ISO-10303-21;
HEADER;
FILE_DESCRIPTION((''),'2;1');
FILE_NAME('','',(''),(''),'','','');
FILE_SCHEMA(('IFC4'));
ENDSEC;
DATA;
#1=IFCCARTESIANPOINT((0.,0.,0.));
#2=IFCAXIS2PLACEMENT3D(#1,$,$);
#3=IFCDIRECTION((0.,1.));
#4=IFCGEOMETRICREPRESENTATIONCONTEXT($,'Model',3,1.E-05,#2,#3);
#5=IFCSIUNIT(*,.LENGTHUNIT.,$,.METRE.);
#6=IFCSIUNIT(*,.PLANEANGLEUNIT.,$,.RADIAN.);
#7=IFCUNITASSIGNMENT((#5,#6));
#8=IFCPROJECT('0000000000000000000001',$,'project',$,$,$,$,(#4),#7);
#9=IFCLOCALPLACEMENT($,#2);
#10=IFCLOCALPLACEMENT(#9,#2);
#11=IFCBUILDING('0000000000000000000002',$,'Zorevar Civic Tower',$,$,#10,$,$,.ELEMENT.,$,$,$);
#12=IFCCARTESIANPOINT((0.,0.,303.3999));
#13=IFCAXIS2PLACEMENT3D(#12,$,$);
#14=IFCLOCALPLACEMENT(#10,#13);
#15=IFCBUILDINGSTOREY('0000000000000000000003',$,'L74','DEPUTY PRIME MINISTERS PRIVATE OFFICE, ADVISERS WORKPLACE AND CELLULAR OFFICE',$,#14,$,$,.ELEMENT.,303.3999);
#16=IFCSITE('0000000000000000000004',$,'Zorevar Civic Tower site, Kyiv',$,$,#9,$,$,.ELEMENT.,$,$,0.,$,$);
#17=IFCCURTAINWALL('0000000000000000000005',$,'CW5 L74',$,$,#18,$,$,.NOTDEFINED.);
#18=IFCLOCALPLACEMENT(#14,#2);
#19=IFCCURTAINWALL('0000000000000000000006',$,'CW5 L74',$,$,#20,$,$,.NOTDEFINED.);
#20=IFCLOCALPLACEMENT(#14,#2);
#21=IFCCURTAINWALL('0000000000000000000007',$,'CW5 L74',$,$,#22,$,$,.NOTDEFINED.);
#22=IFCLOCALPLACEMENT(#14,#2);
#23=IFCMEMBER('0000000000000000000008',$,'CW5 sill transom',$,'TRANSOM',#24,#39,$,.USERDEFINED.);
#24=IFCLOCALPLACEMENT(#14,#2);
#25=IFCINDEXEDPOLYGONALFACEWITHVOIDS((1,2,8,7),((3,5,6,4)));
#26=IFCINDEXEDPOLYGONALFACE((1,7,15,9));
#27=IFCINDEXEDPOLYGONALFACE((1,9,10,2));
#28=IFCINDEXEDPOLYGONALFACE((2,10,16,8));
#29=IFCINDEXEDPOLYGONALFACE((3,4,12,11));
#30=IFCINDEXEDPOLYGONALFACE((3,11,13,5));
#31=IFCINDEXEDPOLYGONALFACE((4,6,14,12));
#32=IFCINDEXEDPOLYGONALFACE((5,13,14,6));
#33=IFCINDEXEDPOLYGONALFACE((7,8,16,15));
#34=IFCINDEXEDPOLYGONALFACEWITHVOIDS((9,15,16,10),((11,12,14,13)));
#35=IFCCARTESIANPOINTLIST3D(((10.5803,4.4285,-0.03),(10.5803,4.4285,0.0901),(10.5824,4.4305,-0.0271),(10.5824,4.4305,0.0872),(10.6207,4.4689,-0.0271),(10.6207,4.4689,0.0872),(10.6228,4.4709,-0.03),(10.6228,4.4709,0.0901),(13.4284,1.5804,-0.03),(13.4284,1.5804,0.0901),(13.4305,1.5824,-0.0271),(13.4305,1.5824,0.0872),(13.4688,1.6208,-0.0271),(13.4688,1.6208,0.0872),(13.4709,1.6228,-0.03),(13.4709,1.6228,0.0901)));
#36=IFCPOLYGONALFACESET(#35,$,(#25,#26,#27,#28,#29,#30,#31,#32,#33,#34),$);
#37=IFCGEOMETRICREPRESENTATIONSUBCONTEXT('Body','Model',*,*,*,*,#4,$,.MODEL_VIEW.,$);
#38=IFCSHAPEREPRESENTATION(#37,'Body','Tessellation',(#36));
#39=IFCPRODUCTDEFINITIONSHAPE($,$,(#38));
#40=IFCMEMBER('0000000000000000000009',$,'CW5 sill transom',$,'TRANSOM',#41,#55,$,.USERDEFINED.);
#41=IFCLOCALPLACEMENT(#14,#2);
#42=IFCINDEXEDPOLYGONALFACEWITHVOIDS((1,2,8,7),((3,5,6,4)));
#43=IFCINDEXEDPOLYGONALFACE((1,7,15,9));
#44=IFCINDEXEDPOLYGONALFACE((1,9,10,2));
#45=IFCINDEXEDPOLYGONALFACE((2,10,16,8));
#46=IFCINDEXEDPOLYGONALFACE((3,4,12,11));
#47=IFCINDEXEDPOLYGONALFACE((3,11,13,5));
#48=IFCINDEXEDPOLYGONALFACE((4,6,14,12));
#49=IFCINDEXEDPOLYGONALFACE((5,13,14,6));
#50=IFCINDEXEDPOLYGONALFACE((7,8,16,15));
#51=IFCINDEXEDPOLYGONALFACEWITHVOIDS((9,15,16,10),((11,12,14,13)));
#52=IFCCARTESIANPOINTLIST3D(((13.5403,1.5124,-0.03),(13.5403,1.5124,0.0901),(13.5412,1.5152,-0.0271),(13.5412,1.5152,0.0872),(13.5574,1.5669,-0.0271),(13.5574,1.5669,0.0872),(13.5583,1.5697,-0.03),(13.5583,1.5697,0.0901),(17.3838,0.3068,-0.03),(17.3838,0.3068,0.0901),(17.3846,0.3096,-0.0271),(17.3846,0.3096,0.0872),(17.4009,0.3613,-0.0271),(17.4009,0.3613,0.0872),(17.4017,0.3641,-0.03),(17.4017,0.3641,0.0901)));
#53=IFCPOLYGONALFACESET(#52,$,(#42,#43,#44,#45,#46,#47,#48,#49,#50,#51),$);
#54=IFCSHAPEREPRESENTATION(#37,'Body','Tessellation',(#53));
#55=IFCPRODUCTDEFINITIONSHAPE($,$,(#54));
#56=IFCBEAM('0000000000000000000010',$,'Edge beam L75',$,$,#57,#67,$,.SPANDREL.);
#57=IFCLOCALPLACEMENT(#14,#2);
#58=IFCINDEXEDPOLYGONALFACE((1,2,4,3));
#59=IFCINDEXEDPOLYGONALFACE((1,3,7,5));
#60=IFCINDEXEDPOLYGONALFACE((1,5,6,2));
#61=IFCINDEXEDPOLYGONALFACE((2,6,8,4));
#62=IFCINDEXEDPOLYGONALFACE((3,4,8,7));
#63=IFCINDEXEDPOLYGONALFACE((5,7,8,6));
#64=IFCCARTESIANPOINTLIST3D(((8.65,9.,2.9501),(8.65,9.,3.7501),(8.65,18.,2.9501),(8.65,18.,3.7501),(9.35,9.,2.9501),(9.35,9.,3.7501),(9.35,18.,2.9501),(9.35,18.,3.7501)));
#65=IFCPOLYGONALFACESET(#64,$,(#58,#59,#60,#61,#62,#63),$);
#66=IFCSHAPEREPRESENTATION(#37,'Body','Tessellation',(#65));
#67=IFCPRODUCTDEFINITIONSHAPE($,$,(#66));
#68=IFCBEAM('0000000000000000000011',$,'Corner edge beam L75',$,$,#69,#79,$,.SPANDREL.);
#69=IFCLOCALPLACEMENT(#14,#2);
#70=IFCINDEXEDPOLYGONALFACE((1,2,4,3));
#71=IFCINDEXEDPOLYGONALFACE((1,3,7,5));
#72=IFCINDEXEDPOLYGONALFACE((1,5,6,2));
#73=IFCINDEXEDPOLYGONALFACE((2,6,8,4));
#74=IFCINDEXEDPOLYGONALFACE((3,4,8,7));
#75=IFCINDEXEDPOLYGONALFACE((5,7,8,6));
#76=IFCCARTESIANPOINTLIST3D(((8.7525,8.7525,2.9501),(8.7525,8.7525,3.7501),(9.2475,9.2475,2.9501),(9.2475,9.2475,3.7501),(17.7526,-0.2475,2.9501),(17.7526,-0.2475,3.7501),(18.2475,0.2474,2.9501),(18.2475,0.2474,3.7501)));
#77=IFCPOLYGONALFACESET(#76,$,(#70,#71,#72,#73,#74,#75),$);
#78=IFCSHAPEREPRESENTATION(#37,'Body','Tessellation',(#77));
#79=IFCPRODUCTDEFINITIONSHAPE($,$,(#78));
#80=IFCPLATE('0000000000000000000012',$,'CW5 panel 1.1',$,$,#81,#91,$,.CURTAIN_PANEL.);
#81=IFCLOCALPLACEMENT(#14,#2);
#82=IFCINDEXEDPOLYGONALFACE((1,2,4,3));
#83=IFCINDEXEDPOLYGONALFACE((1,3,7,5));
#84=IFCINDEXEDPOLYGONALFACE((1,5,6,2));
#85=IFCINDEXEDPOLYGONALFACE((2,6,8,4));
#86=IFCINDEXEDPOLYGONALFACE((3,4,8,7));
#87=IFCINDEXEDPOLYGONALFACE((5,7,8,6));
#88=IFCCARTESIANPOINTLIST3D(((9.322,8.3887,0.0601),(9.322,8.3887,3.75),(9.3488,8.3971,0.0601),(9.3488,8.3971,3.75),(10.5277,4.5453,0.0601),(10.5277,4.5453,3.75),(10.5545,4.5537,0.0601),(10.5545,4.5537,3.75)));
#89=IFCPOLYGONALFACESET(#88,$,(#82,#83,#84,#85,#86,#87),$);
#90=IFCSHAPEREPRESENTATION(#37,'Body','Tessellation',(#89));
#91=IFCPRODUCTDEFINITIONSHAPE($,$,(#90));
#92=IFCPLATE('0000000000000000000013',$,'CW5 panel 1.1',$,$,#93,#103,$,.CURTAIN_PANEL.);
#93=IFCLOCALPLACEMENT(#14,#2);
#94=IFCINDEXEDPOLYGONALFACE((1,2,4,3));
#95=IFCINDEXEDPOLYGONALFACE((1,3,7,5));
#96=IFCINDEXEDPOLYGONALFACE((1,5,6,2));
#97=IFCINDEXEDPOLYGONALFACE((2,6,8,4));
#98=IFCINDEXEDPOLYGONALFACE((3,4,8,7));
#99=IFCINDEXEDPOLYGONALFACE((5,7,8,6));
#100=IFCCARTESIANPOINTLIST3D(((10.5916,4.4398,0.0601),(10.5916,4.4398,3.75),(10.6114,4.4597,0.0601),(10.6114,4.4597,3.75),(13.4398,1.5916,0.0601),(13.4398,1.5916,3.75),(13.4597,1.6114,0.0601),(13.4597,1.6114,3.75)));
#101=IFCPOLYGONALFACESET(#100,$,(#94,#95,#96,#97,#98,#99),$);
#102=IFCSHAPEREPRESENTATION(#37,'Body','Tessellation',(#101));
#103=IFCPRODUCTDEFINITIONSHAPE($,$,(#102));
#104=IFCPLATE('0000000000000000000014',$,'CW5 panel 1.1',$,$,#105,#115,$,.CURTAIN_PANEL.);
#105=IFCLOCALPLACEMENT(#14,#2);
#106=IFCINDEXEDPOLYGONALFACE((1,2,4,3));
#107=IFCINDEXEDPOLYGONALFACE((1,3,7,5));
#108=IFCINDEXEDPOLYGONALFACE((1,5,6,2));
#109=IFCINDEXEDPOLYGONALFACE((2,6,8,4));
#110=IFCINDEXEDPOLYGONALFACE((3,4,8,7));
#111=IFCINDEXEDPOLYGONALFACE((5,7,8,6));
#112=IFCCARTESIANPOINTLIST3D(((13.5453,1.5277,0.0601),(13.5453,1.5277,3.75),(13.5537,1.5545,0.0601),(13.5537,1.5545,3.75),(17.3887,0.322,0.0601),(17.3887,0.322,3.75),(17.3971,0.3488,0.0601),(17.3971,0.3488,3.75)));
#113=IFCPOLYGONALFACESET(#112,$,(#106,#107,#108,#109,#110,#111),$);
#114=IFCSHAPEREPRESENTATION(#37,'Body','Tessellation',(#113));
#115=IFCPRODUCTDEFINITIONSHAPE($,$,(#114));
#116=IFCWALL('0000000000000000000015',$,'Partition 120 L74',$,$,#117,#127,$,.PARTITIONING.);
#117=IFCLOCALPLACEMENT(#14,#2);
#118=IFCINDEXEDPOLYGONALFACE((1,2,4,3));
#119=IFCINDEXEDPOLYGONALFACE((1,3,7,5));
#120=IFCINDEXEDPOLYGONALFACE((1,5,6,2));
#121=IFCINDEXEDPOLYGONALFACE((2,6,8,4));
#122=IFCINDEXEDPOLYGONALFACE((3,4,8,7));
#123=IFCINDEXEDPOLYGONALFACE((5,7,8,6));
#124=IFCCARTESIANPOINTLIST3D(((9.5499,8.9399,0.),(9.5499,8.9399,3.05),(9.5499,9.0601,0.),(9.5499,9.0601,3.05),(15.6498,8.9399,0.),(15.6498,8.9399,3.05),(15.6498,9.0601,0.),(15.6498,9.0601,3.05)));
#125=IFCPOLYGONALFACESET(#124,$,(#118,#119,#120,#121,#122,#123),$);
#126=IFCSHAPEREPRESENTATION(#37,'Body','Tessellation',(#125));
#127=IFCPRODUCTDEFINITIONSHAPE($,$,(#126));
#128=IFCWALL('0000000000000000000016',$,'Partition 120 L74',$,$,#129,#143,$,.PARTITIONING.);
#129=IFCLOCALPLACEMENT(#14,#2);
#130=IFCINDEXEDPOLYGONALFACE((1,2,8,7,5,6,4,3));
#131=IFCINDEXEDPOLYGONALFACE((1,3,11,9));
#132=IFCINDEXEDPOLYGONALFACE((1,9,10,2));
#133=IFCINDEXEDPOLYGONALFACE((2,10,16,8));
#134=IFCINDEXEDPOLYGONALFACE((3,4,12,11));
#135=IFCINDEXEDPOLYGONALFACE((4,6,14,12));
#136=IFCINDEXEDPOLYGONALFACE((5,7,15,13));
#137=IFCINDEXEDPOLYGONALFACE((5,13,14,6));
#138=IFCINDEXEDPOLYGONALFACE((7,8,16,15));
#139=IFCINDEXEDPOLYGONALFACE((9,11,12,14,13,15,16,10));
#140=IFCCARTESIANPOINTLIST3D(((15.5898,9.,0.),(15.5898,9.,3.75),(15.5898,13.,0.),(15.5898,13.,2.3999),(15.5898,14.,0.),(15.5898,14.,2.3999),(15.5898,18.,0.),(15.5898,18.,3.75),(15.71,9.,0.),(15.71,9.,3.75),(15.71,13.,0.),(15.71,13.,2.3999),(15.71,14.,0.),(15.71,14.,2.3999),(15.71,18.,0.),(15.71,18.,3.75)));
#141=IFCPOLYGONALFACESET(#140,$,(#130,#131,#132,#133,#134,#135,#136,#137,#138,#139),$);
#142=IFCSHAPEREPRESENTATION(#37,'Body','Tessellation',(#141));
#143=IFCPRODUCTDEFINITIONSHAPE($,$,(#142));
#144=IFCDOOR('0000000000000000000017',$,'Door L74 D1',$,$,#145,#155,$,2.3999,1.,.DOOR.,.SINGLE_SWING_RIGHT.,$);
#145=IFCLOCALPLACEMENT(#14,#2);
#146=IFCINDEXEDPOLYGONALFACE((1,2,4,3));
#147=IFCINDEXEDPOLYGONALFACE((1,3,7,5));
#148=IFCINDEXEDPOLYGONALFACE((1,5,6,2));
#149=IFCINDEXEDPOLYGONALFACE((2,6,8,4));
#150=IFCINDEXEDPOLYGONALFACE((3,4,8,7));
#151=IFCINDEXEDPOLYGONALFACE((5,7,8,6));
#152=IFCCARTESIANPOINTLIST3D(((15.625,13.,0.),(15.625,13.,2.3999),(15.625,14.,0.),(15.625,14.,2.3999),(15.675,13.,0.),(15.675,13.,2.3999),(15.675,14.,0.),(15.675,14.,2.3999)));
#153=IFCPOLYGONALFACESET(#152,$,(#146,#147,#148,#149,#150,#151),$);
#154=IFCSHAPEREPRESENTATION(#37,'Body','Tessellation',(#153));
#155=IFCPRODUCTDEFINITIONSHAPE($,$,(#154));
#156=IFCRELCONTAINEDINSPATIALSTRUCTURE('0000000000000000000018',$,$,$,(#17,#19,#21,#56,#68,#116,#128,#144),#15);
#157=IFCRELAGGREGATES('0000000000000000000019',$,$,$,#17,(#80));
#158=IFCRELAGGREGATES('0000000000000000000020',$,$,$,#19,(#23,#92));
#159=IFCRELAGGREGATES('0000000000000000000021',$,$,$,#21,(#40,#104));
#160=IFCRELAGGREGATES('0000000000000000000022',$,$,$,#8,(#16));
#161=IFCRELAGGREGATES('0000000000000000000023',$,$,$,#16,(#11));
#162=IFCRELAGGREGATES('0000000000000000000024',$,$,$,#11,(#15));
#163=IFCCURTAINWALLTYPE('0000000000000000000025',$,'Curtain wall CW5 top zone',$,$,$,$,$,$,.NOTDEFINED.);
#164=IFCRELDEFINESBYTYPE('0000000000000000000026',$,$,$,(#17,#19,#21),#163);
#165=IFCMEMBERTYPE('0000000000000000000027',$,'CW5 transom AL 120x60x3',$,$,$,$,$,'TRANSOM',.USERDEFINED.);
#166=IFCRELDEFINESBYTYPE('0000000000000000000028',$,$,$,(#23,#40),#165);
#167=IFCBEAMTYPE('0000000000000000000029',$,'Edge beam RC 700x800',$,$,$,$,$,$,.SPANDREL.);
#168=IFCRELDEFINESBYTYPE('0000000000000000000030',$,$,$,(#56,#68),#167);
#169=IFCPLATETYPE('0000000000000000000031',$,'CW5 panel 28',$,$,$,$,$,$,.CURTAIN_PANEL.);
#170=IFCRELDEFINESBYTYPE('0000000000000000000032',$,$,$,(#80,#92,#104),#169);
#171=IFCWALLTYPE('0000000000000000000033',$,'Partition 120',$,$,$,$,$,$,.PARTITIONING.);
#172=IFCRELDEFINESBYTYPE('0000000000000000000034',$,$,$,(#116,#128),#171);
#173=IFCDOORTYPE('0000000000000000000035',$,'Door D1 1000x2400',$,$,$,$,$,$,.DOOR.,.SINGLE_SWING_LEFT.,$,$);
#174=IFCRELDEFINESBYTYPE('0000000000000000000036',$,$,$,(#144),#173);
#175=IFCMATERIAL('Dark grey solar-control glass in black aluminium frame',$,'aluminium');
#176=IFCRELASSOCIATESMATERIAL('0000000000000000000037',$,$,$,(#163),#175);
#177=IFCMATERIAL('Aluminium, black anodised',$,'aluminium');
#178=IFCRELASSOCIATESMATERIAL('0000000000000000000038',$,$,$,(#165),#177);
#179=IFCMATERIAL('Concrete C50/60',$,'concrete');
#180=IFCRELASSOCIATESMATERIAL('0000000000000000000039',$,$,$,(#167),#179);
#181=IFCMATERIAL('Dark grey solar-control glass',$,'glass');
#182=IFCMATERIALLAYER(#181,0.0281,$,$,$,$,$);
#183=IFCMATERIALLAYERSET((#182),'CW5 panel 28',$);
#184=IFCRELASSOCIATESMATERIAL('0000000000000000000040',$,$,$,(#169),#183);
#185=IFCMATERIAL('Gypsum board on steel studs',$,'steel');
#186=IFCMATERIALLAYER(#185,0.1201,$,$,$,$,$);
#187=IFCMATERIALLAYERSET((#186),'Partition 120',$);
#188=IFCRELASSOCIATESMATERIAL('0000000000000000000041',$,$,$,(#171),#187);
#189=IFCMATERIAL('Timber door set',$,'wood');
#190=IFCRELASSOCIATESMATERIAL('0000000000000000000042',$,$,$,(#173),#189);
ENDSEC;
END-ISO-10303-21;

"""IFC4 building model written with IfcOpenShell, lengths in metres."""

from ifc_helpers import new_model, si_unit, direction, frame, frame_2d, origin, origin_2d, place, context, subcontext, project, spatial, rectangle, hollow_rectangle, extrude, material, layer, layer_set, material_profile, profile_set, type_object, element, fill, aggregate, save


model = new_model("IFC4")

# Units and contexts
model_context = context("Model", 3, precision=1e-05, world=origin(), true_north=direction((0.0, 1.0)))
body_context = subcontext(model_context, "Body", "Model", "MODEL_VIEW")
ifc_project = project(units=[si_unit("LENGTHUNIT", "METRE"), si_unit("PLANEANGLEUNIT", "RADIAN")], contexts=[model_context])

# Site, building, storey
site_placement = place(None, origin())
site = spatial("IfcSite", under=ifc_project, at=site_placement, Name="Zorevar Civic Tower site, Kyiv", CompositionType="ELEMENT", RefElevation=0.0)
building_placement = place(site_placement, origin())
building = spatial("IfcBuilding", under=site, at=building_placement, Name="Zorevar Civic Tower", CompositionType="ELEMENT")
storey_placement = place(building_placement, frame((0.0, 0.0, 303.3999)))
storey = spatial("IfcBuildingStorey", under=building, at=storey_placement, Name="L74", Description="DEPUTY PRIME MINISTERS PRIVATE OFFICE, ADVISERS WORKPLACE AND CELLULAR OFFICE", CompositionType="ELEMENT", Elevation=303.3999)

# Shared definitions
ifc_material_1 = material(Name="Dark grey solar-control glass in black aluminium frame", Category="aluminium")
curtain_wall_type = type_object("IfcCurtainWallType", Name="Curtain wall CW5 top zone", PredefinedType="NOTDEFINED", material=ifc_material_1)

# Curtain walls
curtain_wall_1_placement = place(storey_placement, origin())
curtain_wall_1 = element("IfcCurtainWall", 1, at=curtain_wall_1_placement, inside=storey, type_object=curtain_wall_type, Name="CW5 L74", PredefinedType="NOTDEFINED")
curtain_wall_2_placement = place(storey_placement, origin())
curtain_wall_2 = element("IfcCurtainWall", 2, at=curtain_wall_2_placement, inside=storey, type_object=curtain_wall_type, Name="CW5 L74", PredefinedType="NOTDEFINED")
curtain_wall_3_placement = place(storey_placement, origin())
curtain_wall_3 = element("IfcCurtainWall", 3, at=curtain_wall_3_placement, inside=storey, type_object=curtain_wall_type, Name="CW5 L74", PredefinedType="NOTDEFINED")

# Members
ifc_material_2 = material(Name="Aluminium, black anodised", Category="aluminium")
ifc_material_profile_1 = material_profile(ifc_material_2, hollow_rectangle(XDim=0.0601, YDim=0.1201, WallThickness=0.0029, at=origin_2d()), Name="AL 120x60x3")
ifc_profile_set_1 = profile_set([ifc_material_profile_1], Name="Aluminium, black anodised")
member_type_1 = type_object("IfcMemberType", Name="CW5 transom AL 120x60x3", ElementType="TRANSOM", PredefinedType="USERDEFINED", material=ifc_profile_set_1)
member_1_placement = place(storey_placement, frame((10.6016, 4.4497, 0.03), z_axis=(0.707107, -0.707107, 0.0), x_axis=(0.707107, 0.707107, 0.0)))
member_1 = element("IfcMember", 4, at=member_1_placement, type_object=member_type_1, Name="CW5 sill transom", ObjectType="TRANSOM", PredefinedType="USERDEFINED", context=body_context, shape_type="SweptSolid", body=[
    extrude(hollow_rectangle(XDim=0.0601, YDim=0.1201, WallThickness=0.0029, at=origin_2d()), origin(), (0.0, 0.0, 1.0), 4.0278),
])
member_2_placement = place(storey_placement, frame((13.5493, 1.541, 0.03), z_axis=(0.954163, -0.299286, 0.0), x_axis=(0.299286, 0.954163, 0.0)))
member_2 = element("IfcMember", 5, at=member_2_placement, type_object=member_type_1, Name="CW5 sill transom", ObjectType="TRANSOM", PredefinedType="USERDEFINED", context=body_context, shape_type="SweptSolid", body=[
    extrude(hollow_rectangle(XDim=0.0601, YDim=0.1201, WallThickness=0.0029, at=origin_2d()), origin(), (0.0, 0.0, 1.0), 4.0281),
])

# Beams
ifc_material_3 = material(Name="Concrete C50/60", Category="concrete")
ifc_material_profile_2 = material_profile(ifc_material_3, rectangle(XDim=0.7, YDim=0.8, at=origin_2d()), Name="RC 700x800")
ifc_profile_set_2 = profile_set([ifc_material_profile_2], Name="Concrete C50/60")
beam_type_1 = type_object("IfcBeamType", Name="Edge beam RC 700x800", PredefinedType="SPANDREL", material=ifc_profile_set_2)
beam_1_placement = place(storey_placement, frame((9.0, 9.0, 3.3501), z_axis=(0.0, 1.0, 0.0), x_axis=(-1.0, 0.0, 0.0)))
element("IfcBeam", 6, at=beam_1_placement, inside=storey, type_object=beam_type_1, Name="Edge beam L75", PredefinedType="SPANDREL", context=body_context, shape_type="SweptSolid", body=[
    extrude(rectangle(XDim=0.7, YDim=0.8, at=origin_2d()), origin(), (0.0, 0.0, 1.0), 9.0),
])
beam_2_placement = place(storey_placement, frame((9.0, 9.0, 3.3501), z_axis=(0.707107, -0.707107, 0.0), x_axis=(0.707107, 0.707107, 0.0)))
element("IfcBeam", 7, at=beam_2_placement, inside=storey, type_object=beam_type_1, Name="Corner edge beam L75", PredefinedType="SPANDREL", context=body_context, shape_type="SweptSolid", body=[
    extrude(rectangle(XDim=0.7, YDim=0.8, at=origin_2d()), origin(), (0.0, 0.0, 1.0), 12.728),
])

# Plates
ifc_material_4 = material(Name="Dark grey solar-control glass", Category="glass")
ifc_layer_1 = layer(ifc_material_4, 0.0281)
ifc_layer_set_1 = layer_set([ifc_layer_1], Name="CW5 panel 28")
plate_type = type_object("IfcPlateType", Name="CW5 panel 28", PredefinedType="CURTAIN_PANEL", material=ifc_layer_set_1)
plate_1_placement = place(storey_placement, frame((9.9382, 6.4712, 0.0601), z_axis=(0.0, 0.0, 1.0), x_axis=(0.299318, -0.954153, 0.0)))
plate_1 = element("IfcPlate", 8, at=plate_1_placement, type_object=plate_type, Name="CW5 panel 1.1", PredefinedType="CURTAIN_PANEL", context=body_context, shape_type="SweptSolid", body=[
    extrude(rectangle(XDim=4.0281, YDim=0.0281, at=origin_2d()), origin(), (0.0, 0.0, 1.0), 3.6899),
])
aggregate(curtain_wall_1, [plate_1])
plate_2_placement = place(storey_placement, frame((12.0256, 3.0256, 0.0601), z_axis=(0.0, 0.0, 1.0), x_axis=(0.707107, -0.707107, 0.0)))
plate_2 = element("IfcPlate", 9, at=plate_2_placement, type_object=plate_type, Name="CW5 panel 1.1", PredefinedType="CURTAIN_PANEL", context=body_context, shape_type="SweptSolid", body=[
    extrude(rectangle(XDim=4.0281, YDim=0.0281, at=origin_2d()), origin(), (0.0, 0.0, 1.0), 3.6899),
])
aggregate(curtain_wall_2, [member_1, plate_2])
plate_3_placement = place(storey_placement, frame((15.4712, 0.9382, 0.0601), z_axis=(0.0, 0.0, 1.0), x_axis=(0.954153, -0.299318, 0.0)))
plate_3 = element("IfcPlate", 10, at=plate_3_placement, type_object=plate_type, Name="CW5 panel 1.1", PredefinedType="CURTAIN_PANEL", context=body_context, shape_type="SweptSolid", body=[
    extrude(rectangle(XDim=4.0281, YDim=0.0281, at=origin_2d()), origin(), (0.0, 0.0, 1.0), 3.6899),
])
aggregate(curtain_wall_3, [member_2, plate_3])

# Wall
ifc_material_5 = material(Name="Gypsum board on steel studs", Category="steel")
ifc_layer_2 = layer(ifc_material_5, 0.1201)
ifc_layer_set_2 = layer_set([ifc_layer_2], Name="Partition 120")
wall_type = type_object("IfcWallType", Name="Partition 120", PredefinedType="PARTITIONING", material=ifc_layer_set_2)
wall_1_placement = place(storey_placement, frame((9.55, 9.0, 0.0), z_axis=(0.0, 0.0, 1.0), x_axis=(1.0, 0.0, 0.0)))
element("IfcWall", 11, at=wall_1_placement, inside=storey, type_object=wall_type, Name="Partition 120 L74", PredefinedType="PARTITIONING", context=body_context, shape_type="SweptSolid", body=[
    extrude(rectangle(XDim=6.0999, YDim=0.1201, at=frame_2d((3.0498, 0.0))), origin(), (0.0, 0.0, 1.0), 3.05),
])

# Wall, opening, door
wall_2_placement = place(storey_placement, frame((15.6499, 9.0, 0.0), z_axis=(0.0, 0.0, 1.0), x_axis=(0.0, 1.0, 0.0)))
wall_2 = element("IfcWall", 12, at=wall_2_placement, inside=storey, type_object=wall_type, Name="Partition 120 L74", PredefinedType="PARTITIONING", context=body_context, shape_type="SweptSolid", body=[
    extrude(rectangle(XDim=9.0, YDim=0.1201, at=frame_2d((4.5, 0.0))), origin(), (0.0, 0.0, 1.0), 3.75),
])
opening_placement = place(wall_2_placement, frame((4.0, 0.0, 0.0)))
opening = element("IfcOpeningElement", 13, at=opening_placement, cuts=wall_2, PredefinedType="OPENING", context=body_context, shape_type="SweptSolid", body=[
    extrude(rectangle(XDim=1.0, YDim=2.3999, at=frame_2d((0.5, 1.2))), frame((0.0, 0.0701, 0.0), z_axis=(0.0, -1.0, 0.0), x_axis=(1.0, 0.0, 0.0)), (0.0, 0.0, 1.0), 0.1401),
])
ifc_material_6 = material(Name="Timber door set", Category="wood")
door_type = type_object("IfcDoorType", Name="Door D1 1000x2400", OperationType="SINGLE_SWING_LEFT", PredefinedType="DOOR", material=ifc_material_6)
door_placement = place(opening_placement, origin())
door = element("IfcDoor", 14, at=door_placement, inside=storey, type_object=door_type, Name="Door L74 D1", OperationType="SINGLE_SWING_RIGHT", OverallHeight=2.3999, OverallWidth=1.0, PredefinedType="DOOR", context=body_context, shape_type="SweptSolid", body=[
    extrude(rectangle(XDim=1.0, YDim=2.3999, at=frame_2d((0.5, 1.2))), frame((0.0, 0.0249, 0.0), z_axis=(0.0, -1.0, 0.0), x_axis=(1.0, 0.0, 0.0)), (0.0, 0.0, 1.0), 0.05),
])
fill(opening, door)

save(model, "model.ifc")
